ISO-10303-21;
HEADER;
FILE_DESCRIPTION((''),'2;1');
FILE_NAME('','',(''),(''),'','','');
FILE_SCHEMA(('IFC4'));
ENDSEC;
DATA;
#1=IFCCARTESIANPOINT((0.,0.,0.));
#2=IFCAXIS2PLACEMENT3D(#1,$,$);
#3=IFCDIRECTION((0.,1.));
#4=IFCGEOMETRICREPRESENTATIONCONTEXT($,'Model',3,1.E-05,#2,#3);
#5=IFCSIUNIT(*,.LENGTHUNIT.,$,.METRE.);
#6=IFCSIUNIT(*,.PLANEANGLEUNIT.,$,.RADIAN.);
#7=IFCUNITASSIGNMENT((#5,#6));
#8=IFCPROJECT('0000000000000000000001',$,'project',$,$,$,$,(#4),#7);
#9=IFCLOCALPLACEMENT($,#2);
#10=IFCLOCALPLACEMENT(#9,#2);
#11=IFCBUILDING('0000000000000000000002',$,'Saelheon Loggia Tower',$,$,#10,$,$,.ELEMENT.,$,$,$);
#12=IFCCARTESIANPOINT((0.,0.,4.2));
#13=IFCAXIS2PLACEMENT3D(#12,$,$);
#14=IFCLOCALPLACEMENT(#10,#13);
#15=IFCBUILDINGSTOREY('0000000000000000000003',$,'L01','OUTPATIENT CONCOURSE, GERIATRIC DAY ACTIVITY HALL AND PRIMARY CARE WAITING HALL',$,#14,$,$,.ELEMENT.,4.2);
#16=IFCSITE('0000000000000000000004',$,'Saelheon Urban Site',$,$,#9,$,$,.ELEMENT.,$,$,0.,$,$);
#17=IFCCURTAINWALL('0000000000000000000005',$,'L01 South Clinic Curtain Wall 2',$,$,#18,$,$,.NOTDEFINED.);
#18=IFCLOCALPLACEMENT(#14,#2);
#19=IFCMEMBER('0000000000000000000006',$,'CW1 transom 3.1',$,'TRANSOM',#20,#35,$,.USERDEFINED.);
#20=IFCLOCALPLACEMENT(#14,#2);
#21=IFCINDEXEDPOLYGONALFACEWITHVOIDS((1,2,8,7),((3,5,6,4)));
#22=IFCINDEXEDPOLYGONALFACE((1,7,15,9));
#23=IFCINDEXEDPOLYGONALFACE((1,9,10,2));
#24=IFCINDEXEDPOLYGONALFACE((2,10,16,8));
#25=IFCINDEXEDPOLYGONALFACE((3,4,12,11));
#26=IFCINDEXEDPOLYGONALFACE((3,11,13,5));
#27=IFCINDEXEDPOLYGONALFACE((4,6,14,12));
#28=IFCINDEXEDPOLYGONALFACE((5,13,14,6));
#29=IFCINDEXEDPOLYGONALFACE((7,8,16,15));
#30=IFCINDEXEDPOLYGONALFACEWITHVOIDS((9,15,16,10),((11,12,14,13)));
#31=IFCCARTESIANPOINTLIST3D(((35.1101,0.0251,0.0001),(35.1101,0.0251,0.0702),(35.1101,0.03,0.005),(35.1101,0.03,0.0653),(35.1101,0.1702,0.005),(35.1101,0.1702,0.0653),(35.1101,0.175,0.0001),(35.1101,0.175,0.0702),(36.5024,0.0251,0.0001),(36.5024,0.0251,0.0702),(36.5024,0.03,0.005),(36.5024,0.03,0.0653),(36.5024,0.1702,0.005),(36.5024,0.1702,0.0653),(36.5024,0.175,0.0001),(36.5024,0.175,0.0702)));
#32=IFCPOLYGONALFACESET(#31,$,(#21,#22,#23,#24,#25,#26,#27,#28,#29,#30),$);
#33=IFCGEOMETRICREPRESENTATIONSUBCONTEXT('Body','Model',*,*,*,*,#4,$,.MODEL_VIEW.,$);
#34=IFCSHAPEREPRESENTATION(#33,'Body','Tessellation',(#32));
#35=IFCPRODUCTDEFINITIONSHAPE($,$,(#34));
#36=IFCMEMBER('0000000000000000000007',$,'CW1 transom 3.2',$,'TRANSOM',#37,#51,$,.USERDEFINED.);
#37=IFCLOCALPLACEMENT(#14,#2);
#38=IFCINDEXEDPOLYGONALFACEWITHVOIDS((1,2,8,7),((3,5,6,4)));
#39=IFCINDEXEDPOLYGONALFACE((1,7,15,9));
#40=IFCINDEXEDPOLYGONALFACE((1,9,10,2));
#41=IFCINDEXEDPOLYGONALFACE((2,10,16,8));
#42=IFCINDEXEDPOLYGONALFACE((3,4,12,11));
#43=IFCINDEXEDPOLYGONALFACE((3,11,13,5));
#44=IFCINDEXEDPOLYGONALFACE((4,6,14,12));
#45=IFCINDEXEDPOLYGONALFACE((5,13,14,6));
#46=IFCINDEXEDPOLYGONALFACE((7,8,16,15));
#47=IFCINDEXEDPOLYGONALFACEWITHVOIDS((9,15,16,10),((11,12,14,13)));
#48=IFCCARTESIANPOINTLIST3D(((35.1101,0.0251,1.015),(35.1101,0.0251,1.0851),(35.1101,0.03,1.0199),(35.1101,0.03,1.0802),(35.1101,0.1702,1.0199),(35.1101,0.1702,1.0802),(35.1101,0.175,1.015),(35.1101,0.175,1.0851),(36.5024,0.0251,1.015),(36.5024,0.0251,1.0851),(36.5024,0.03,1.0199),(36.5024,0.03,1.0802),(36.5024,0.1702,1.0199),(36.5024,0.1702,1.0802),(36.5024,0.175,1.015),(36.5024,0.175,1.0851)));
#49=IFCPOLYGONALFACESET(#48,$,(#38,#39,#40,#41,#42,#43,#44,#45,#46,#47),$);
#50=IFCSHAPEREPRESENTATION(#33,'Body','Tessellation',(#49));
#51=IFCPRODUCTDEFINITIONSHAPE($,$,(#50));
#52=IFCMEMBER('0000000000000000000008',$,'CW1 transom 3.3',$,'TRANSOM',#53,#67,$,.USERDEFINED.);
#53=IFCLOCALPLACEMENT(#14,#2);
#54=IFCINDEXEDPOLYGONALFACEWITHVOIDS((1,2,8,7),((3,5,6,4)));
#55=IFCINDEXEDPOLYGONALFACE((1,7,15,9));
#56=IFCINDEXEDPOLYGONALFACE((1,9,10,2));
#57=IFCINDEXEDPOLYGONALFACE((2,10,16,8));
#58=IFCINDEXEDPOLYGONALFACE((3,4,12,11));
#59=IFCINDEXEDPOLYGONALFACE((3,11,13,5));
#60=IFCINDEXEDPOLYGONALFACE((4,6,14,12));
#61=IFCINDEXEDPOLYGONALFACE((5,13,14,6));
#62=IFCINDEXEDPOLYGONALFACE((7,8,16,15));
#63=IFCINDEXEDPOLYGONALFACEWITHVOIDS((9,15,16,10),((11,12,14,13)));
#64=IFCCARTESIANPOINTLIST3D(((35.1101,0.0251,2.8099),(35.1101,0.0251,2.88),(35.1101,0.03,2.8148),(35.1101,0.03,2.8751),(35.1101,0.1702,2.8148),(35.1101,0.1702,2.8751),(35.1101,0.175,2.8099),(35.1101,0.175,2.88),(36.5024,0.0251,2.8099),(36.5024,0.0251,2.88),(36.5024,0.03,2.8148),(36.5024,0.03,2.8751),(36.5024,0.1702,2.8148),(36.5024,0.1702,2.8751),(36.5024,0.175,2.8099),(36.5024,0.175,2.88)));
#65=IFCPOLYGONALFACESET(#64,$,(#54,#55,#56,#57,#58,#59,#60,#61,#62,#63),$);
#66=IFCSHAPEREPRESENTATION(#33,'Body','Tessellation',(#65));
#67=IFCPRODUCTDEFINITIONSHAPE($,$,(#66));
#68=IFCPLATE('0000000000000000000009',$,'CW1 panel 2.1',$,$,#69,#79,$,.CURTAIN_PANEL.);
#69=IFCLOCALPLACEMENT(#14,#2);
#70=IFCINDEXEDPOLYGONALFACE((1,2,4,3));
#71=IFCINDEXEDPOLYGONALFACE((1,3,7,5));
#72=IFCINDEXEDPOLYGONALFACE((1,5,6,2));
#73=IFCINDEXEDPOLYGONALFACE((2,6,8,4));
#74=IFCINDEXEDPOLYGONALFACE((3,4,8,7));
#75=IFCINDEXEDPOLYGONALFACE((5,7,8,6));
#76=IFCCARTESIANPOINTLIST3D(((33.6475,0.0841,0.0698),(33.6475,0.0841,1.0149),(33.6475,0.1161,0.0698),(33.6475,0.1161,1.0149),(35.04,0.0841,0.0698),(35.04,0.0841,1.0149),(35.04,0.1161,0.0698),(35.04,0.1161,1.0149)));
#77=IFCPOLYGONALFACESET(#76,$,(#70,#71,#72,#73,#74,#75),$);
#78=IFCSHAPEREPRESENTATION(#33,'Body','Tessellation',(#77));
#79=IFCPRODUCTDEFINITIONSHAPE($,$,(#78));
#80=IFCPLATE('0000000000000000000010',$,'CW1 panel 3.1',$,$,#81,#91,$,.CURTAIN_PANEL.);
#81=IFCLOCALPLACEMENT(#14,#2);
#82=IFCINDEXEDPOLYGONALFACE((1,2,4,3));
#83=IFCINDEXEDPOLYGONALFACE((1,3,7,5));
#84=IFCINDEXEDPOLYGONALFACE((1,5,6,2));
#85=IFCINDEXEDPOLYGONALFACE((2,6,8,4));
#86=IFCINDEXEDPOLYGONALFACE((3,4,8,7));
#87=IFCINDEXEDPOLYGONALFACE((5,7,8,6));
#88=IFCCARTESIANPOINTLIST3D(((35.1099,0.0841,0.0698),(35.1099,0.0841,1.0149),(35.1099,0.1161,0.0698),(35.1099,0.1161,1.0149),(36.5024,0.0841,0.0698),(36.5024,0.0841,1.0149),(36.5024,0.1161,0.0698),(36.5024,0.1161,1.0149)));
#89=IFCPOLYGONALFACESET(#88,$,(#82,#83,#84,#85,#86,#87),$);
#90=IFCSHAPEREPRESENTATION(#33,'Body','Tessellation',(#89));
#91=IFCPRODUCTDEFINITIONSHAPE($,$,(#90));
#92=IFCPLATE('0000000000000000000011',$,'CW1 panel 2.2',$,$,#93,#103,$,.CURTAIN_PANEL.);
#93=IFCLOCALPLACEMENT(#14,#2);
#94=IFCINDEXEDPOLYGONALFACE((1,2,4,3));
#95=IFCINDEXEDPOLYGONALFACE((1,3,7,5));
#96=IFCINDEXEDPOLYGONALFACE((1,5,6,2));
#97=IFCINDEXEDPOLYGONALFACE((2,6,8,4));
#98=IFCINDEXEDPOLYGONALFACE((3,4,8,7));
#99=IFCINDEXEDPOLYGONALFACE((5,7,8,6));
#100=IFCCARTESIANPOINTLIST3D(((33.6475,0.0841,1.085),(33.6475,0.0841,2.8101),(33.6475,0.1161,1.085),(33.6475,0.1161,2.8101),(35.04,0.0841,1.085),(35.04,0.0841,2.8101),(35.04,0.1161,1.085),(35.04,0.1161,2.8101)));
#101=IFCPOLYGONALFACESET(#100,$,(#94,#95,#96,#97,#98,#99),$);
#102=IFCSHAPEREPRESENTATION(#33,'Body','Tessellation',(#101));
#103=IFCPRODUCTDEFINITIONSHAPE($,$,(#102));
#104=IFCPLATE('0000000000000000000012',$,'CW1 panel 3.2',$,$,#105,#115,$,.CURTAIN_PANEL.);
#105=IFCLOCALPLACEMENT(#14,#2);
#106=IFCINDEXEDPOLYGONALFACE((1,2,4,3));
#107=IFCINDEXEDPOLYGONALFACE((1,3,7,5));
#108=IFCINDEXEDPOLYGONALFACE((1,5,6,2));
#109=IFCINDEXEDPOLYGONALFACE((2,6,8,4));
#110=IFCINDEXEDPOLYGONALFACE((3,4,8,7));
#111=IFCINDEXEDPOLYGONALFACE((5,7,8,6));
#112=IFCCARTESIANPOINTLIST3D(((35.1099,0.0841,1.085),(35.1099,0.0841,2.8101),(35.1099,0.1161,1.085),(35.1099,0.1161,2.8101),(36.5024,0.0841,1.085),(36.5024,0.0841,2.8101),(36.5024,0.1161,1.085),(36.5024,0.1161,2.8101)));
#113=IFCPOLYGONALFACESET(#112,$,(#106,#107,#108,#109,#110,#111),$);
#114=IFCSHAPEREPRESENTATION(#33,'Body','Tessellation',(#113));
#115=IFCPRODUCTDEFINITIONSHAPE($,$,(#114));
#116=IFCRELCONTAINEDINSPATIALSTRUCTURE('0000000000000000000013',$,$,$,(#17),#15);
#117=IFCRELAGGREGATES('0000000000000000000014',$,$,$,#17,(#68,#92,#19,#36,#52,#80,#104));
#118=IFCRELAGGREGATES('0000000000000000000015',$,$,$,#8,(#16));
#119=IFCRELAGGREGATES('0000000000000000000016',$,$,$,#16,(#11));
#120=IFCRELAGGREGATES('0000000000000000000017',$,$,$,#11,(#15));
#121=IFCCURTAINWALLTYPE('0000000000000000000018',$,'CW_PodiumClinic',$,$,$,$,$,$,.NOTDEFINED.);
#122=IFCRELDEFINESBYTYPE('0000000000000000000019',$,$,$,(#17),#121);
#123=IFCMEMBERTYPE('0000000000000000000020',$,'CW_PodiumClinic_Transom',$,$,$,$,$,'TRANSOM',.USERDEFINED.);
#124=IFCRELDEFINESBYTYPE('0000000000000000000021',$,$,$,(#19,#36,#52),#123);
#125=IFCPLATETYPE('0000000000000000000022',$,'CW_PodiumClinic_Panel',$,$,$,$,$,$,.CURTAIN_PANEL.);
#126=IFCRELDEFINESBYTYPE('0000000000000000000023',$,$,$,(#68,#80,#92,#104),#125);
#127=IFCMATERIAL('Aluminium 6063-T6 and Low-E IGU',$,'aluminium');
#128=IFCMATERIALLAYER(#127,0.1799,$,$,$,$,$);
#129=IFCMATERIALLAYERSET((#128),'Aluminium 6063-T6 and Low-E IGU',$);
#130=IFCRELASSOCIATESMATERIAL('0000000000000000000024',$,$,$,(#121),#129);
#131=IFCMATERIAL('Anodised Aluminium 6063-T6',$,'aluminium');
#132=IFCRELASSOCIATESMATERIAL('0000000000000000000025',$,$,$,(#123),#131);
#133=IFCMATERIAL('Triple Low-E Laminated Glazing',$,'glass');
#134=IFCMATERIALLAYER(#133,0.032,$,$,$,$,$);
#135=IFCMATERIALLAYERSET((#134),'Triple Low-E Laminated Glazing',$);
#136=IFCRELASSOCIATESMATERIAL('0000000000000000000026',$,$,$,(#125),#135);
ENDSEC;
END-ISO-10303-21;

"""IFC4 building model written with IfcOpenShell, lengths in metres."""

from ifc_helpers import new_model, si_unit, direction, frame, origin, origin_2d, place, context, subcontext, project, spatial, rectangle, hollow_rectangle, extrude, source, transform, mapped, material, layer, layer_set, material_profile, profile_set, type_object, element, aggregate, save


model = new_model("IFC4")

# Units and contexts
model_context = context("Model", 3, precision=1e-05, world=origin(), true_north=direction((0.0, 1.0)))
body_context = subcontext(model_context, "Body", "Model", "MODEL_VIEW")
ifc_project = project(units=[si_unit("LENGTHUNIT", "METRE"), si_unit("PLANEANGLEUNIT", "RADIAN")], contexts=[model_context])

# Site, building, storey
site_placement = place(None, origin())
site = spatial("IfcSite", under=ifc_project, at=site_placement, Name="Saelheon Urban Site", CompositionType="ELEMENT", RefElevation=0.0)
building_placement = place(site_placement, origin())
building = spatial("IfcBuilding", under=site, at=building_placement, Name="Saelheon Loggia Tower", CompositionType="ELEMENT")
storey_placement = place(building_placement, frame((0.0, 0.0, 4.2)))
storey = spatial("IfcBuildingStorey", under=building, at=storey_placement, Name="L01", Description="OUTPATIENT CONCOURSE, GERIATRIC DAY ACTIVITY HALL AND PRIMARY CARE WAITING HALL", CompositionType="ELEMENT", Elevation=4.2)

# Curtain wall, members, plates
ifc_material_1 = material(Name="Aluminium 6063-T6 and Low-E IGU", Category="aluminium")
ifc_layer_1 = layer(ifc_material_1, 0.1799)
ifc_layer_set_1 = layer_set([ifc_layer_1], Name="Aluminium 6063-T6 and Low-E IGU")
curtain_wall_type = type_object("IfcCurtainWallType", Name="CW_PodiumClinic", PredefinedType="NOTDEFINED", material=ifc_layer_set_1)
curtain_wall_placement = place(storey_placement, origin())
curtain_wall = element("IfcCurtainWall", 1, at=curtain_wall_placement, inside=storey, type_object=curtain_wall_type, Name="L01 South Clinic Curtain Wall 2", PredefinedType="NOTDEFINED")
ifc_material_2 = material(Name="Anodised Aluminium 6063-T6", Category="aluminium")
ifc_material_profile_1 = material_profile(ifc_material_2, hollow_rectangle(XDim=0.0701, YDim=0.1499, WallThickness=0.0049, at=origin_2d()), Name="RHS-150x70x5")
ifc_profile_set_1 = profile_set([ifc_material_profile_1], Name="Anodised Aluminium 6063-T6")
member_type_1 = type_object("IfcMemberType", Name="CW_PodiumClinic_Transom", ElementType="TRANSOM", PredefinedType="USERDEFINED", material=ifc_profile_set_1)
shared_shape_1 = source(origin(), body_context, "Body", "SweptSolid", [
    extrude(hollow_rectangle(XDim=0.0701, YDim=0.1499, WallThickness=0.0049, at=origin_2d()), origin(), (0.0, 0.0, 1.0), 1.3923),
])
member_1_placement = place(storey_placement, frame((35.1101, 0.1001, 0.0352), z_axis=(1.0, 0.0, 0.0), x_axis=(0.0, 0.0, 1.0)))
member_1 = element("IfcMember", 2, at=member_1_placement, type_object=member_type_1, Name="CW1 transom 3.1", ObjectType="TRANSOM", PredefinedType="USERDEFINED", context=body_context, shape_type="MappedRepresentation", body=[
    mapped(shared_shape_1, transform((0.0, 0.0, 0.0), scale=1.0)),
])
member_2_placement = place(storey_placement, frame((35.1101, 0.1001, 1.05), z_axis=(1.0, 0.0, 0.0), x_axis=(0.0, 0.0, 1.0)))
member_2 = element("IfcMember", 3, at=member_2_placement, type_object=member_type_1, Name="CW1 transom 3.2", ObjectType="TRANSOM", PredefinedType="USERDEFINED", context=body_context, shape_type="MappedRepresentation", body=[
    mapped(shared_shape_1, transform((0.0, 0.0, 0.0), scale=1.0)),
])
member_3_placement = place(storey_placement, frame((35.1101, 0.1001, 2.845), z_axis=(1.0, 0.0, 0.0), x_axis=(0.0, 0.0, 1.0)))
member_3 = element("IfcMember", 4, at=member_3_placement, type_object=member_type_1, Name="CW1 transom 3.3", ObjectType="TRANSOM", PredefinedType="USERDEFINED", context=body_context, shape_type="MappedRepresentation", body=[
    mapped(shared_shape_1, transform((0.0, 0.0, 0.0), scale=1.0)),
])
ifc_material_3 = material(Name="Triple Low-E Laminated Glazing", Category="glass")
ifc_layer_2 = layer(ifc_material_3, 0.032)
ifc_layer_set_2 = layer_set([ifc_layer_2], Name="Triple Low-E Laminated Glazing")
plate_type = type_object("IfcPlateType", Name="CW_PodiumClinic_Panel", PredefinedType="CURTAIN_PANEL", material=ifc_layer_set_2)
shared_shape_2 = source(origin(), body_context, "Body", "SweptSolid", [
    extrude(rectangle(XDim=1.3926, YDim=0.032, at=origin_2d()), origin(), (0.0, 0.0, 1.0), 0.9451),
])
plate_1_placement = place(storey_placement, frame((34.3438, 0.1001, 0.0698), z_axis=(0.0, 0.0, 1.0), x_axis=(1.0, 0.0, 0.0)))
plate_1 = element("IfcPlate", 5, at=plate_1_placement, type_object=plate_type, Name="CW1 panel 2.1", PredefinedType="CURTAIN_PANEL", context=body_context, shape_type="MappedRepresentation", body=[
    mapped(shared_shape_2, transform((0.0, 0.0, 0.0), scale=1.0)),
])
plate_2_placement = place(storey_placement, frame((35.8062, 0.1001, 0.0698), z_axis=(0.0, 0.0, 1.0), x_axis=(1.0, 0.0, 0.0)))
plate_2 = element("IfcPlate", 6, at=plate_2_placement, type_object=plate_type, Name="CW1 panel 3.1", PredefinedType="CURTAIN_PANEL", context=body_context, shape_type="MappedRepresentation", body=[
    mapped(shared_shape_2, transform((0.0, 0.0, 0.0), scale=1.0)),
])
shared_shape_3 = source(origin(), body_context, "Body", "SweptSolid", [
    extrude(rectangle(XDim=1.3926, YDim=0.032, at=origin_2d()), origin(), (0.0, 0.0, 1.0), 1.7251),
])
plate_3_placement = place(storey_placement, frame((34.3438, 0.1001, 1.085), z_axis=(0.0, 0.0, 1.0), x_axis=(1.0, 0.0, 0.0)))
plate_3 = element("IfcPlate", 7, at=plate_3_placement, type_object=plate_type, Name="CW1 panel 2.2", PredefinedType="CURTAIN_PANEL", context=body_context, shape_type="MappedRepresentation", body=[
    mapped(shared_shape_3, transform((0.0, 0.0, 0.0), scale=1.0)),
])
plate_4_placement = place(storey_placement, frame((35.8062, 0.1001, 1.085), z_axis=(0.0, 0.0, 1.0), x_axis=(1.0, 0.0, 0.0)))
plate_4 = element("IfcPlate", 8, at=plate_4_placement, type_object=plate_type, Name="CW1 panel 3.2", PredefinedType="CURTAIN_PANEL", context=body_context, shape_type="MappedRepresentation", body=[
    mapped(shared_shape_3, transform((0.0, 0.0, 0.0), scale=1.0)),
])
aggregate(curtain_wall, [plate_1, plate_3, member_1, member_2, member_3, plate_2, plate_4])

save(model, "model.ifc")
